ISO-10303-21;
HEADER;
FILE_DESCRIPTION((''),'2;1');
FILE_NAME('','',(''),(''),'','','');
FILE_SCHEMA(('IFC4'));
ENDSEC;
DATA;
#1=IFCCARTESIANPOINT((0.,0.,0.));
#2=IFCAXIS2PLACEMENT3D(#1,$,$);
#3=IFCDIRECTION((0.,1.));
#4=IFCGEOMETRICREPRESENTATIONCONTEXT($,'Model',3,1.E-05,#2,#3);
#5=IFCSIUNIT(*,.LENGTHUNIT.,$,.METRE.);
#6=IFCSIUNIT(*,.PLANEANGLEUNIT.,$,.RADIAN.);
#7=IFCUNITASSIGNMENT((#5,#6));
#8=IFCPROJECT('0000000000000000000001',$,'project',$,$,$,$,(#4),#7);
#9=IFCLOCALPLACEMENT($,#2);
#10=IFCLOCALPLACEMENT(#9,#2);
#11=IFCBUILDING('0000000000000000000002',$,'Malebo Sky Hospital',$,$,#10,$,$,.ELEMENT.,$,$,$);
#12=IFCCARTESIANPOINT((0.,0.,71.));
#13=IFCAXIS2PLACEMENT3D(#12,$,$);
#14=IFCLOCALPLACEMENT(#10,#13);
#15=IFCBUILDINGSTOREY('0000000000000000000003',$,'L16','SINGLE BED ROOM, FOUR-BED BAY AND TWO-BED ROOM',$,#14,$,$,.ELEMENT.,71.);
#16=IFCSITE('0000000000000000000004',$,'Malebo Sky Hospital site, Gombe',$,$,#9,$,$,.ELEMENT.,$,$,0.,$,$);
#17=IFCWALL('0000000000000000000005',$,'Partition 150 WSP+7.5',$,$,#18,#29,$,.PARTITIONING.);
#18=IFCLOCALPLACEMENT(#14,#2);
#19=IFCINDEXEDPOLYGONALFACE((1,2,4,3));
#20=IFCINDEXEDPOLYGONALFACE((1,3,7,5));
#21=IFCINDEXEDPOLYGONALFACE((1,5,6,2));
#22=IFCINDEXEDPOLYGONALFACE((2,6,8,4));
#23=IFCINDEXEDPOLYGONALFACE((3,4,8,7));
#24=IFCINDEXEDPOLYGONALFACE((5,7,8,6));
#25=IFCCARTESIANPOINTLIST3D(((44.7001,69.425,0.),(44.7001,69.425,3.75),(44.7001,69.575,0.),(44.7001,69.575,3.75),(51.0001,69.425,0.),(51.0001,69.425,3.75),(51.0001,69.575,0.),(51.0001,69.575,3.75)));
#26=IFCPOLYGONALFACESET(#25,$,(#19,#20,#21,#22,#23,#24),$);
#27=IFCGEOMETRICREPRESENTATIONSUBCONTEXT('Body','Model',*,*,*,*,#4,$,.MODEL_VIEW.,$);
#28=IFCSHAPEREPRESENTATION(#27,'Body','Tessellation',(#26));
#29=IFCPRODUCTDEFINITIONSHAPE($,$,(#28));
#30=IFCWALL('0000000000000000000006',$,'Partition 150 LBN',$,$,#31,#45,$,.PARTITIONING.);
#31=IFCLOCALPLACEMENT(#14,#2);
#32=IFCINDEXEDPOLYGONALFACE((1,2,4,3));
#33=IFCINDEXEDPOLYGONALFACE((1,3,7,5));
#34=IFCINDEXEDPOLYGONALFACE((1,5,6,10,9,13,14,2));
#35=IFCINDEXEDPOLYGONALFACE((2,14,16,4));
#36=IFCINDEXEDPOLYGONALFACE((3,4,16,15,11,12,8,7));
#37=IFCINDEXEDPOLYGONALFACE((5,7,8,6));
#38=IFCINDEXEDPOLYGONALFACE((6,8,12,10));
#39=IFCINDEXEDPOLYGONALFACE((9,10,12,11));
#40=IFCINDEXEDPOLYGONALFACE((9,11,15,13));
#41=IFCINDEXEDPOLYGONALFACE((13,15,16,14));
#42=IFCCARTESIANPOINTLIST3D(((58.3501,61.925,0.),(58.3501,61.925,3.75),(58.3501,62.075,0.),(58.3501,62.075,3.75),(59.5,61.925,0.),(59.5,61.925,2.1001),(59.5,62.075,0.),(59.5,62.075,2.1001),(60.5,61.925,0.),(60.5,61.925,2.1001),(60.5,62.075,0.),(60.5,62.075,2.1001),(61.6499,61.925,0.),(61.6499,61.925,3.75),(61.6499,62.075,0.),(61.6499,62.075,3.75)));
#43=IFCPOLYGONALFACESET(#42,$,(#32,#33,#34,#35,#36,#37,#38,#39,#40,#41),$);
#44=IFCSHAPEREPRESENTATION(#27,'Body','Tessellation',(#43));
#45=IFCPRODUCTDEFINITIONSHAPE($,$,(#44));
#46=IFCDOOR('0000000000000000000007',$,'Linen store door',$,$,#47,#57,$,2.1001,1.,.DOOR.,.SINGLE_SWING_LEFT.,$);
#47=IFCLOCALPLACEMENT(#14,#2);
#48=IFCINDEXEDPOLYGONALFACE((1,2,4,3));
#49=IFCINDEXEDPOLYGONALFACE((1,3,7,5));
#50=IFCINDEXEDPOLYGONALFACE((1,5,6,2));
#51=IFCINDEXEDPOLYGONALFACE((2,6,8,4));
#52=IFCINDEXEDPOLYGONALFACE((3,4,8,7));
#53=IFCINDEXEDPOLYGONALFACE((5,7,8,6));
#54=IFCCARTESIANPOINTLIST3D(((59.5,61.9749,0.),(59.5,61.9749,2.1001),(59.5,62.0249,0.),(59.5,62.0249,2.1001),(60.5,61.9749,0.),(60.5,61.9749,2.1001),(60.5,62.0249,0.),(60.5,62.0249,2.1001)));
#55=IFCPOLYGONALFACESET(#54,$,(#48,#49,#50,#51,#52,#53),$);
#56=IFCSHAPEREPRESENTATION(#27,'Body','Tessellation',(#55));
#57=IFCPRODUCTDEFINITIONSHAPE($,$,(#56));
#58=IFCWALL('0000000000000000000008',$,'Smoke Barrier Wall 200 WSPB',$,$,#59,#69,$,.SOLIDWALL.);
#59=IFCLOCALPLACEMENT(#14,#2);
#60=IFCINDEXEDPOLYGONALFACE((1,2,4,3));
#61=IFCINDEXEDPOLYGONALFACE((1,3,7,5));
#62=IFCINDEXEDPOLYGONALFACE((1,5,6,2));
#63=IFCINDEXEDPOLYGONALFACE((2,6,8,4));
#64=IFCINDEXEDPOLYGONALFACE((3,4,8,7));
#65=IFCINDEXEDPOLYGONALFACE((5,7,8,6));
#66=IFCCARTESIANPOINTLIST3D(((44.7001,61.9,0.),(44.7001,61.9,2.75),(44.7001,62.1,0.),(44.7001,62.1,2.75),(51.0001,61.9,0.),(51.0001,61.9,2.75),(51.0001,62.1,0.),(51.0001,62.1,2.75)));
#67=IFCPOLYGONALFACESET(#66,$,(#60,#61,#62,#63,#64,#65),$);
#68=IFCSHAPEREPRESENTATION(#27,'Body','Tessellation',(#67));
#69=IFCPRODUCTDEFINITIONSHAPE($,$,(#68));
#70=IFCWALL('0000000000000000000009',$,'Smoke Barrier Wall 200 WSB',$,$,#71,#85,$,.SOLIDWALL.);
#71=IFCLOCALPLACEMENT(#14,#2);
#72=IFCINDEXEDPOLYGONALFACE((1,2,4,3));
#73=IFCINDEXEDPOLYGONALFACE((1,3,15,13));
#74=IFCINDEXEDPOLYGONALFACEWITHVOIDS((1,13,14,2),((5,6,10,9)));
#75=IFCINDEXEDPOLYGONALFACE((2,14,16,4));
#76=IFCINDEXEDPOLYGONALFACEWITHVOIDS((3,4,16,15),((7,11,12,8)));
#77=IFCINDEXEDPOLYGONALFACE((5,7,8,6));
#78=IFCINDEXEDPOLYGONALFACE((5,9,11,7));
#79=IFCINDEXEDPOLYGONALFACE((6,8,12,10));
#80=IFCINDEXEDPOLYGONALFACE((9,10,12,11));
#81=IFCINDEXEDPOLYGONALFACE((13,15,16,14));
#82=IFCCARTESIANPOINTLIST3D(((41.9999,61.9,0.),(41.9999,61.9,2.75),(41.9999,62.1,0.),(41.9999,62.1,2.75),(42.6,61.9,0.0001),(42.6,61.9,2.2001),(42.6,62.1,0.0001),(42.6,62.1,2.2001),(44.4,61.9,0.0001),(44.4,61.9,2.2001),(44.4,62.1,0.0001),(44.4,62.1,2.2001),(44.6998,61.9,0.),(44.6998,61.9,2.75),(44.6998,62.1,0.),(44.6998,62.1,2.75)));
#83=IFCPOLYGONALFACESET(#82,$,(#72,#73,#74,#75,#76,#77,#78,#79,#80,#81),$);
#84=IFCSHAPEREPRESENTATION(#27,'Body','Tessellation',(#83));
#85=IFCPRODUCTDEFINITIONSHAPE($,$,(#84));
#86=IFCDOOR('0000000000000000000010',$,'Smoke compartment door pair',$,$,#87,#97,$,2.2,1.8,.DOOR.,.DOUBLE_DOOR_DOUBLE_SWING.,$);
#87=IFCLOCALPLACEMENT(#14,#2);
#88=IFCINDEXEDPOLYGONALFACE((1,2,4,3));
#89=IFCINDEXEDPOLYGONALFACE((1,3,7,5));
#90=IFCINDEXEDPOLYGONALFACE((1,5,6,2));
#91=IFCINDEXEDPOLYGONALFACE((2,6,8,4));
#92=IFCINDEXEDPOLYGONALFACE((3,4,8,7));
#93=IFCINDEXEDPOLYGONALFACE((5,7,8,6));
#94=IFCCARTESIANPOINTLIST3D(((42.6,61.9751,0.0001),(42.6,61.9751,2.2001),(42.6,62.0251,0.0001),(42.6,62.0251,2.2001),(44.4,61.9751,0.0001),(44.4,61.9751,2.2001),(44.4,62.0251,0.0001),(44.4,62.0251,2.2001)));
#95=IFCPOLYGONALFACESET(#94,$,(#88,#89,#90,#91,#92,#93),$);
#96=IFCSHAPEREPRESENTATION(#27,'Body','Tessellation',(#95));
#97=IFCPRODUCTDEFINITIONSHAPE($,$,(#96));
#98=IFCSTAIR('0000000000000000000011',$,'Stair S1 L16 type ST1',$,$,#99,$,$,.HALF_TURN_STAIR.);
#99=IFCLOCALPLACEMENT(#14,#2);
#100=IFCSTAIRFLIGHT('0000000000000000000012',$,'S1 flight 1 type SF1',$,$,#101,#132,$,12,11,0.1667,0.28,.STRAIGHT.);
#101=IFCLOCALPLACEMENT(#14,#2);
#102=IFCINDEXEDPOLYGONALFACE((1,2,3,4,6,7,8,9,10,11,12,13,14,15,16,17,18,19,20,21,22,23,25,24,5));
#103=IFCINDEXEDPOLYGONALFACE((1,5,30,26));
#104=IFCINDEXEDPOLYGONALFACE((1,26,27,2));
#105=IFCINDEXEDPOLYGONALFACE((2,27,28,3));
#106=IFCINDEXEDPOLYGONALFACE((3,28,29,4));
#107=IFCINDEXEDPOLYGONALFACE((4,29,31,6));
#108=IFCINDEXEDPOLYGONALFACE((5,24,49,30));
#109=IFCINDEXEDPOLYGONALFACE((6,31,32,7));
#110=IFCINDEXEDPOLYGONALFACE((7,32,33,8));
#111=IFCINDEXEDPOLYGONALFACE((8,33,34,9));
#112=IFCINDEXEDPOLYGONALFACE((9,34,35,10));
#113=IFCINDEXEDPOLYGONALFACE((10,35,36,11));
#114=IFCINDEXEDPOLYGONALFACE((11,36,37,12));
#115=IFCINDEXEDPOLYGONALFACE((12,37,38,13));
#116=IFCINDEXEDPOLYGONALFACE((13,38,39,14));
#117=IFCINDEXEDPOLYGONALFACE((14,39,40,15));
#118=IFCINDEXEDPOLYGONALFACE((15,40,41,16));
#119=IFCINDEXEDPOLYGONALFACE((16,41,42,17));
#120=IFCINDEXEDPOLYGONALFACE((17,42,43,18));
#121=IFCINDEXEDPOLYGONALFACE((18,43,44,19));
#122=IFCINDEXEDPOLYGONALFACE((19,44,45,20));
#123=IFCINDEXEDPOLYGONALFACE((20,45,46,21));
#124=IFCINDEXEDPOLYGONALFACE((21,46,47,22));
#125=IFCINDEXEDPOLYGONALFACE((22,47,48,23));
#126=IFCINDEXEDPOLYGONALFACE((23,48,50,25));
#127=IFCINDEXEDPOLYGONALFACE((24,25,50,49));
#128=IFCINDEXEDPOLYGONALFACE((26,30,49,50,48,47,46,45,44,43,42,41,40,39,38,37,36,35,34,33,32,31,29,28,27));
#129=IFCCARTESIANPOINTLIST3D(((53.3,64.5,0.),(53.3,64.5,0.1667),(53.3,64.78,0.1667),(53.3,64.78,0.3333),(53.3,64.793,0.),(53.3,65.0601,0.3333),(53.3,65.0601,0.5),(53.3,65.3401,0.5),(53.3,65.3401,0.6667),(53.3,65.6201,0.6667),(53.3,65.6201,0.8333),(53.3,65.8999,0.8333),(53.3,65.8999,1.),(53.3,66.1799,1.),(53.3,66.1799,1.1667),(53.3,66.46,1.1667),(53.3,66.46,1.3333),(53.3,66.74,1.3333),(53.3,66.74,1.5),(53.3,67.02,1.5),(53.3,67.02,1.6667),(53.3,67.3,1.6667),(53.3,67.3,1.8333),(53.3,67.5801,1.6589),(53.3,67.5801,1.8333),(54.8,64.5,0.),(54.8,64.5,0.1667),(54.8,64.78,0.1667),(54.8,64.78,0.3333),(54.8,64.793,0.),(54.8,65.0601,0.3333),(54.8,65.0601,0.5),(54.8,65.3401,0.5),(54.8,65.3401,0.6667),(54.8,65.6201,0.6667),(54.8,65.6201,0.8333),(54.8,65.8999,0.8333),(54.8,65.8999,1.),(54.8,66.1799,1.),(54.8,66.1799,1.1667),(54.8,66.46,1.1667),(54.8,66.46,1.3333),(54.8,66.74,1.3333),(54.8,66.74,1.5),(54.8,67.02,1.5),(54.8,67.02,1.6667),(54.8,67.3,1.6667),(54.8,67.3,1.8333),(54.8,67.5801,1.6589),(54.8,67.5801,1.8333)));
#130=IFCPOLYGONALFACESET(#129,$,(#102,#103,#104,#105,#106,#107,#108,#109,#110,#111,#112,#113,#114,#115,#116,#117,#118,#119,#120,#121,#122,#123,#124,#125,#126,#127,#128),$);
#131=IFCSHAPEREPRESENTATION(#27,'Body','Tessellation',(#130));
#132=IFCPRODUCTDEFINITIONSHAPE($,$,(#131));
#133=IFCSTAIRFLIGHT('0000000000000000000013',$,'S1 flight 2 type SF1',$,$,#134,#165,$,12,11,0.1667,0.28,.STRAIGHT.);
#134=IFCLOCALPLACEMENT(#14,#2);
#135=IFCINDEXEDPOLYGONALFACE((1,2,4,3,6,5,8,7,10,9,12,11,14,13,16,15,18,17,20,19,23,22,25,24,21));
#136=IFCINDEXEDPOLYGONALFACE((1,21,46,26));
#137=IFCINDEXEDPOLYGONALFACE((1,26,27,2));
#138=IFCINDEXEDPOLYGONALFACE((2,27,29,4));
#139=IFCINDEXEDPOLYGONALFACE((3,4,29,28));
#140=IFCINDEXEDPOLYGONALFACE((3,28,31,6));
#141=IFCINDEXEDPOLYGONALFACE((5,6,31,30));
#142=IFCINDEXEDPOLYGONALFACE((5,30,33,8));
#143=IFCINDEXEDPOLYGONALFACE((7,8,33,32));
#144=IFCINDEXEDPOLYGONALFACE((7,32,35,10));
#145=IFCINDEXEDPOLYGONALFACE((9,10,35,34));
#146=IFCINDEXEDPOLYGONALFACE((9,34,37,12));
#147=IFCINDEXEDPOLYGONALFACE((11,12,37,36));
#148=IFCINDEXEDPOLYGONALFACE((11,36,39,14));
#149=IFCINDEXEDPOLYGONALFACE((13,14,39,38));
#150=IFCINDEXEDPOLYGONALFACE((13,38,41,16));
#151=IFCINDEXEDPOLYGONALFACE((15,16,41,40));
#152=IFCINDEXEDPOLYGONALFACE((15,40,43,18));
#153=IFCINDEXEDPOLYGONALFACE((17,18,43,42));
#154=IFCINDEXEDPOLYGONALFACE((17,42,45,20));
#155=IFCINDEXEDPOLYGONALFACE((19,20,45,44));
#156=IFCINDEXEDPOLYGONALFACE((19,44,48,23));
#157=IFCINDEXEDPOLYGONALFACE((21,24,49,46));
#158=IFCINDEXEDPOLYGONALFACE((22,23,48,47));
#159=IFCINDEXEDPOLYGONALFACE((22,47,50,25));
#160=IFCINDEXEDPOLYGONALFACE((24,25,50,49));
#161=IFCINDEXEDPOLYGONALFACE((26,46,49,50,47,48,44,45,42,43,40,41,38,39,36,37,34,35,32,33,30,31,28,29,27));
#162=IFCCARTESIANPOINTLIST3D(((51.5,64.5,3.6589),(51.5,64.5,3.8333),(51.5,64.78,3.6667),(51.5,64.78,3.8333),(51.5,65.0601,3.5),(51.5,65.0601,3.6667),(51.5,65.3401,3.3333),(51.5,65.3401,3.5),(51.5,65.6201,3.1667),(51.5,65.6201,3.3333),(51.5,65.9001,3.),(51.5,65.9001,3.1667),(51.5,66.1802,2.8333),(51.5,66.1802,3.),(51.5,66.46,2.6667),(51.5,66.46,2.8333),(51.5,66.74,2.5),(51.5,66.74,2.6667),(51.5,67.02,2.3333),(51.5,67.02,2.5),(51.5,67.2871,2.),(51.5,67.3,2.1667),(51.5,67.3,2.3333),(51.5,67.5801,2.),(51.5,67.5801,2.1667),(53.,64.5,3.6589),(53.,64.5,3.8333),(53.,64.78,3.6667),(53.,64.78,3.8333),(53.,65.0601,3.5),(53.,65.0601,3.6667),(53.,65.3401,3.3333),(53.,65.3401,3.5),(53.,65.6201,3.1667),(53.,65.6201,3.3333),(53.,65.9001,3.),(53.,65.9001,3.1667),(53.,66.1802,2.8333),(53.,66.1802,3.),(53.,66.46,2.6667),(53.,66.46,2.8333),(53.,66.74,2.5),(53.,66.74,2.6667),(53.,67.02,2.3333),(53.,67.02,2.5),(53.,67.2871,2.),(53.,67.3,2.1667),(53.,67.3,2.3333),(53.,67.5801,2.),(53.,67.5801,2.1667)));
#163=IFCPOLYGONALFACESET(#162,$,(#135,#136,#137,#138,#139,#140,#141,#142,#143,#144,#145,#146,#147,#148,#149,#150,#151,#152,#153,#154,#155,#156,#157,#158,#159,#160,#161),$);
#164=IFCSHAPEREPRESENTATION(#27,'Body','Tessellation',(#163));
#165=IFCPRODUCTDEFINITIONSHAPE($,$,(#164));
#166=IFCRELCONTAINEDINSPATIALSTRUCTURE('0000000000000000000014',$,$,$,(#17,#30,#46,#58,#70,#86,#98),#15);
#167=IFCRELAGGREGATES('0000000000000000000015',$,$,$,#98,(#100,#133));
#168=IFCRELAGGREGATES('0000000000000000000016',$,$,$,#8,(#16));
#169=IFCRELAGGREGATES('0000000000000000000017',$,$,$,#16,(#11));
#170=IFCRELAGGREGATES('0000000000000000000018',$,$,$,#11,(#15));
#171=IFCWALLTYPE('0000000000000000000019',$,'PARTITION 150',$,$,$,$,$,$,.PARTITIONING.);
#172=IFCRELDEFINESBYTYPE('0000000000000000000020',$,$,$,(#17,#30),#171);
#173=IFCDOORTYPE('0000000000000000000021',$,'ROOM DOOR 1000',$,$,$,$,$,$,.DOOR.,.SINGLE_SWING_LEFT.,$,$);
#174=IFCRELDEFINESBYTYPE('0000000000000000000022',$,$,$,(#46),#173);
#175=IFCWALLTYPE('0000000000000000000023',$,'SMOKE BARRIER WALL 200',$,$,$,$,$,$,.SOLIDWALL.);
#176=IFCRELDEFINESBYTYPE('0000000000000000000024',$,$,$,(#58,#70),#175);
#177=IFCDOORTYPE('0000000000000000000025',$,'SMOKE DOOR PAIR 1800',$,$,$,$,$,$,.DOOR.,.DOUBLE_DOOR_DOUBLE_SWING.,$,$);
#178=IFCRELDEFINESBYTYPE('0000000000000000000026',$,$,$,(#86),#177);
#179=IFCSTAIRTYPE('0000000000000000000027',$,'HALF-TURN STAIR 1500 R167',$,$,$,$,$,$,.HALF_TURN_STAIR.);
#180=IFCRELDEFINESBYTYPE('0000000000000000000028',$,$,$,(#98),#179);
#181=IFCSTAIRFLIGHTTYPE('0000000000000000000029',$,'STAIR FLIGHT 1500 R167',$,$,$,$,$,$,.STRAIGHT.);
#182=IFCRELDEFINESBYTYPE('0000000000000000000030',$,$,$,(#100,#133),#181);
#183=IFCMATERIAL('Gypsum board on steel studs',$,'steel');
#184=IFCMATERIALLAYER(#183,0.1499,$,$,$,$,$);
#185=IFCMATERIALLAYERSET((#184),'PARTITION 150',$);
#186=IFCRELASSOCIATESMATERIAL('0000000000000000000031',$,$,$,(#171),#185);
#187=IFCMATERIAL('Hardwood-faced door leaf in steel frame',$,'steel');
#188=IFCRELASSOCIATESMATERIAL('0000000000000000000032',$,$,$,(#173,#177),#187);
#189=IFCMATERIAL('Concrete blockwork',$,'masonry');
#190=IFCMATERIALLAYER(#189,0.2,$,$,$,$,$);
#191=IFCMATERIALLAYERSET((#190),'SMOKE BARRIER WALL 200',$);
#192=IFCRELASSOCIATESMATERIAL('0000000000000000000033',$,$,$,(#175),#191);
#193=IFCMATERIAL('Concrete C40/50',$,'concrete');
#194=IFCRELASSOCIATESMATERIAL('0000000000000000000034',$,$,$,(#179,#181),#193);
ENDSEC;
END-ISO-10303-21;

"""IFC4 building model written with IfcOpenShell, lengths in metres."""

from ifc_helpers import new_model, si_unit, direction, frame, frame_2d, origin, place, context, subcontext, project, spatial, polyline, rectangle, outline, extrude, material, layer, layer_set, type_object, element, fill, aggregate, save


model = new_model("IFC4")

# Units and contexts
model_context = context("Model", 3, precision=1e-05, world=origin(), true_north=direction((0.0, 1.0)))
body_context = subcontext(model_context, "Body", "Model", "MODEL_VIEW")
ifc_project = project(units=[si_unit("LENGTHUNIT", "METRE"), si_unit("PLANEANGLEUNIT", "RADIAN")], contexts=[model_context])

# Site, building, storey
site_placement = place(None, origin())
site = spatial("IfcSite", under=ifc_project, at=site_placement, Name="Malebo Sky Hospital site, Gombe", CompositionType="ELEMENT", RefElevation=0.0)
building_placement = place(site_placement, origin())
building = spatial("IfcBuilding", under=site, at=building_placement, Name="Malebo Sky Hospital", CompositionType="ELEMENT")
storey_placement = place(building_placement, frame((0.0, 0.0, 71.0)))
storey = spatial("IfcBuildingStorey", under=building, at=storey_placement, Name="L16", Description="SINGLE BED ROOM, FOUR-BED BAY AND TWO-BED ROOM", CompositionType="ELEMENT", Elevation=71.0)

# Shared definitions
ifc_material_1 = material(Name="Hardwood-faced door leaf in steel frame", Category="steel")

# Wall
ifc_material_2 = material(Name="Gypsum board on steel studs", Category="steel")
ifc_layer_1 = layer(ifc_material_2, 0.1499)
ifc_layer_set_1 = layer_set([ifc_layer_1], Name="PARTITION 150")
wall_type_1 = type_object("IfcWallType", Name="PARTITION 150", PredefinedType="PARTITIONING", material=ifc_layer_set_1)
wall_1_placement = place(storey_placement, frame((51.0, 69.5, 0.0), z_axis=(0.0, 0.0, 1.0), x_axis=(-1.0, 0.0, 0.0)))
element("IfcWall", 1, at=wall_1_placement, inside=storey, type_object=wall_type_1, Name="Partition 150 WSP+7.5", PredefinedType="PARTITIONING", context=body_context, shape_type="SweptSolid", body=[
    extrude(rectangle(XDim=6.3, YDim=0.1499, at=frame_2d((3.1499, 0.0))), origin(), (0.0, 0.0, 1.0), 3.75),
])

# Wall, opening, door
wall_2_placement = place(storey_placement, frame((58.3501, 62.0, 0.0), z_axis=(0.0, 0.0, 1.0), x_axis=(1.0, 0.0, 0.0)))
wall_2 = element("IfcWall", 2, at=wall_2_placement, inside=storey, type_object=wall_type_1, Name="Partition 150 LBN", PredefinedType="PARTITIONING", context=body_context, shape_type="SweptSolid", body=[
    extrude(rectangle(XDim=3.2998, YDim=0.1499, at=frame_2d((1.6499, 0.0))), origin(), (0.0, 0.0, 1.0), 3.75),
])
opening_1_placement = place(wall_2_placement, frame((1.1499, 0.0, 0.0)))
opening_1 = element("IfcOpeningElement", 3, at=opening_1_placement, cuts=wall_2, PredefinedType="OPENING", context=body_context, shape_type="SweptSolid", body=[
    extrude(rectangle(XDim=1.0, YDim=2.1001, at=frame_2d((0.5, 1.05))), frame((0.0, 0.085, 0.0), z_axis=(0.0, -1.0, 0.0), x_axis=(1.0, 0.0, 0.0)), (0.0, 0.0, 1.0), 0.1699),
])
door_type_1 = type_object("IfcDoorType", Name="ROOM DOOR 1000", OperationType="SINGLE_SWING_LEFT", PredefinedType="DOOR", material=ifc_material_1)
door_1_placement = place(opening_1_placement, origin())
door_1 = element("IfcDoor", 4, at=door_1_placement, inside=storey, type_object=door_type_1, Name="Linen store door", OperationType="SINGLE_SWING_LEFT", OverallHeight=2.1001, OverallWidth=1.0, PredefinedType="DOOR", context=body_context, shape_type="SweptSolid", body=[
    extrude(rectangle(XDim=1.0, YDim=2.1001, at=frame_2d((0.5, 1.05))), frame((0.0, 0.0249, 0.0), z_axis=(0.0, -1.0, 0.0), x_axis=(1.0, 0.0, 0.0)), (0.0, 0.0, 1.0), 0.05),
])
fill(opening_1, door_1)

# Wall
ifc_material_3 = material(Name="Concrete blockwork", Category="masonry")
ifc_layer_2 = layer(ifc_material_3, 0.2)
ifc_layer_set_2 = layer_set([ifc_layer_2], Name="SMOKE BARRIER WALL 200")
wall_type_2 = type_object("IfcWallType", Name="SMOKE BARRIER WALL 200", PredefinedType="SOLIDWALL", material=ifc_layer_set_2)
wall_3_placement = place(storey_placement, frame((51.0, 62.0, 0.0), z_axis=(0.0, 0.0, 1.0), x_axis=(-1.0, 0.0, 0.0)))
element("IfcWall", 5, at=wall_3_placement, inside=storey, type_object=wall_type_2, Name="Smoke Barrier Wall 200 WSPB", PredefinedType="SOLIDWALL", context=body_context, shape_type="SweptSolid", body=[
    extrude(rectangle(XDim=6.3, YDim=0.2, at=frame_2d((3.1499, 0.0))), origin(), (0.0, 0.0, 1.0), 2.75),
])

# Wall, opening, door
wall_4_placement = place(storey_placement, frame((44.7, 62.0, 0.0), z_axis=(0.0, 0.0, 1.0), x_axis=(-1.0, 0.0, 0.0)))
wall_4 = element("IfcWall", 6, at=wall_4_placement, inside=storey, type_object=wall_type_2, Name="Smoke Barrier Wall 200 WSB", PredefinedType="SOLIDWALL", context=body_context, shape_type="SweptSolid", body=[
    extrude(rectangle(XDim=2.7, YDim=0.2, at=frame_2d((1.3501, 0.0))), origin(), (0.0, 0.0, 1.0), 2.75),
])
opening_2_placement = place(wall_4_placement, frame((0.3, 0.0, 0.0)))
opening_2 = element("IfcOpeningElement", 7, at=opening_2_placement, cuts=wall_4, PredefinedType="OPENING", context=body_context, shape_type="SweptSolid", body=[
    extrude(rectangle(XDim=1.8, YDim=2.2, at=frame_2d((0.8999, 1.1001))), frame((0.0, 0.1099, 0.0), z_axis=(0.0, -1.0, 0.0), x_axis=(1.0, 0.0, 0.0)), (0.0, 0.0, 1.0), 0.22),
])
door_type_2 = type_object("IfcDoorType", Name="SMOKE DOOR PAIR 1800", OperationType="DOUBLE_DOOR_DOUBLE_SWING", PredefinedType="DOOR", material=ifc_material_1)
door_2_placement = place(opening_2_placement, origin())
door_2 = element("IfcDoor", 8, at=door_2_placement, inside=storey, type_object=door_type_2, Name="Smoke compartment door pair", OperationType="DOUBLE_DOOR_DOUBLE_SWING", OverallHeight=2.2, OverallWidth=1.8, PredefinedType="DOOR", context=body_context, shape_type="SweptSolid", body=[
    extrude(rectangle(XDim=1.8, YDim=2.2, at=frame_2d((0.8999, 1.1001))), frame((0.0, 0.0249, 0.0), z_axis=(0.0, -1.0, 0.0), x_axis=(1.0, 0.0, 0.0)), (0.0, 0.0, 1.0), 0.05),
])
fill(opening_2, door_2)

# Stair, stair flights
ifc_material_4 = material(Name="Concrete C40/50", Category="concrete")
stair_type = type_object("IfcStairType", Name="HALF-TURN STAIR 1500 R167", PredefinedType="HALF_TURN_STAIR", material=ifc_material_4)
stair_placement = place(storey_placement, origin())
stair = element("IfcStair", 9, at=stair_placement, inside=storey, type_object=stair_type, Name="Stair S1 L16 type ST1", PredefinedType="HALF_TURN_STAIR")
stair_flight_type = type_object("IfcStairFlightType", Name="STAIR FLIGHT 1500 R167", PredefinedType="STRAIGHT", material=ifc_material_4)
stair_flight_1_placement = place(storey_placement, frame((54.05, 64.5, 0.0), z_axis=(0.0, 0.0, 1.0), x_axis=(0.0, 1.0, 0.0)))
stair_flight_1 = element("IfcStairFlight", 10, at=stair_flight_1_placement, type_object=stair_flight_type, Name="S1 flight 1 type SF1", NumberOfRisers=12, NumberOfTreads=11, PredefinedType="STRAIGHT", RiserHeight=0.1667, TreadLength=0.28, context=body_context, shape_type="SweptSolid", body=[
    extrude(outline(polyline([(0.0, 0.0), (0.0, 0.1667), (0.28, 0.1667), (0.28, 0.3333), (0.5601, 0.3333), (0.5601, 0.5), (0.8401, 0.5), (0.8401, 0.6667), (1.1201, 0.6667), (1.1201, 0.8333), (1.3999, 0.8333), (1.3999, 1.0), (1.6799, 1.0), (1.6799, 1.1667), (1.96, 1.1667), (1.96, 1.3333), (2.24, 1.3333), (2.24, 1.5), (2.52, 1.5), (2.52, 1.6667), (2.8, 1.6667), (2.8, 1.8333), (3.0801, 1.8333), (3.0801, 2.0), (3.0801, 1.6589), (0.293, 0.0), (0.0, 0.0)])), frame((0.0, 0.75, 0.0), z_axis=(0.0, -1.0, 0.0), x_axis=(1.0, 0.0, 0.0)), (0.0, 0.0, 1.0), 1.5),
])
stair_flight_2_placement = place(storey_placement, frame((52.25, 67.5801, 2.0), z_axis=(0.0, 0.0, 1.0), x_axis=(0.0, -1.0, 0.0)))
stair_flight_2 = element("IfcStairFlight", 11, at=stair_flight_2_placement, type_object=stair_flight_type, Name="S1 flight 2 type SF1", NumberOfRisers=12, NumberOfTreads=11, PredefinedType="STRAIGHT", RiserHeight=0.1667, TreadLength=0.28, context=body_context, shape_type="SweptSolid", body=[
    extrude(outline(polyline([(0.0, 0.0), (0.0, 0.1667), (0.28, 0.1667), (0.28, 0.3333), (0.5601, 0.3333), (0.5601, 0.5), (0.8401, 0.5), (0.8401, 0.6667), (1.1201, 0.6667), (1.1201, 0.8333), (1.3999, 0.8333), (1.3999, 1.0), (1.6799, 1.0), (1.6799, 1.1667), (1.96, 1.1667), (1.96, 1.3333), (2.24, 1.3333), (2.24, 1.5), (2.52, 1.5), (2.52, 1.6667), (2.8, 1.6667), (2.8, 1.8333), (3.0801, 1.8333), (3.0801, 2.0), (3.0801, 1.6589), (0.293, 0.0), (0.0, 0.0)])), frame((0.0, 0.75, 0.0), z_axis=(0.0, -1.0, 0.0), x_axis=(1.0, 0.0, 0.0)), (0.0, 0.0, 1.0), 1.5),
])
aggregate(stair, [stair_flight_1, stair_flight_2])

save(model, "model.ifc")
